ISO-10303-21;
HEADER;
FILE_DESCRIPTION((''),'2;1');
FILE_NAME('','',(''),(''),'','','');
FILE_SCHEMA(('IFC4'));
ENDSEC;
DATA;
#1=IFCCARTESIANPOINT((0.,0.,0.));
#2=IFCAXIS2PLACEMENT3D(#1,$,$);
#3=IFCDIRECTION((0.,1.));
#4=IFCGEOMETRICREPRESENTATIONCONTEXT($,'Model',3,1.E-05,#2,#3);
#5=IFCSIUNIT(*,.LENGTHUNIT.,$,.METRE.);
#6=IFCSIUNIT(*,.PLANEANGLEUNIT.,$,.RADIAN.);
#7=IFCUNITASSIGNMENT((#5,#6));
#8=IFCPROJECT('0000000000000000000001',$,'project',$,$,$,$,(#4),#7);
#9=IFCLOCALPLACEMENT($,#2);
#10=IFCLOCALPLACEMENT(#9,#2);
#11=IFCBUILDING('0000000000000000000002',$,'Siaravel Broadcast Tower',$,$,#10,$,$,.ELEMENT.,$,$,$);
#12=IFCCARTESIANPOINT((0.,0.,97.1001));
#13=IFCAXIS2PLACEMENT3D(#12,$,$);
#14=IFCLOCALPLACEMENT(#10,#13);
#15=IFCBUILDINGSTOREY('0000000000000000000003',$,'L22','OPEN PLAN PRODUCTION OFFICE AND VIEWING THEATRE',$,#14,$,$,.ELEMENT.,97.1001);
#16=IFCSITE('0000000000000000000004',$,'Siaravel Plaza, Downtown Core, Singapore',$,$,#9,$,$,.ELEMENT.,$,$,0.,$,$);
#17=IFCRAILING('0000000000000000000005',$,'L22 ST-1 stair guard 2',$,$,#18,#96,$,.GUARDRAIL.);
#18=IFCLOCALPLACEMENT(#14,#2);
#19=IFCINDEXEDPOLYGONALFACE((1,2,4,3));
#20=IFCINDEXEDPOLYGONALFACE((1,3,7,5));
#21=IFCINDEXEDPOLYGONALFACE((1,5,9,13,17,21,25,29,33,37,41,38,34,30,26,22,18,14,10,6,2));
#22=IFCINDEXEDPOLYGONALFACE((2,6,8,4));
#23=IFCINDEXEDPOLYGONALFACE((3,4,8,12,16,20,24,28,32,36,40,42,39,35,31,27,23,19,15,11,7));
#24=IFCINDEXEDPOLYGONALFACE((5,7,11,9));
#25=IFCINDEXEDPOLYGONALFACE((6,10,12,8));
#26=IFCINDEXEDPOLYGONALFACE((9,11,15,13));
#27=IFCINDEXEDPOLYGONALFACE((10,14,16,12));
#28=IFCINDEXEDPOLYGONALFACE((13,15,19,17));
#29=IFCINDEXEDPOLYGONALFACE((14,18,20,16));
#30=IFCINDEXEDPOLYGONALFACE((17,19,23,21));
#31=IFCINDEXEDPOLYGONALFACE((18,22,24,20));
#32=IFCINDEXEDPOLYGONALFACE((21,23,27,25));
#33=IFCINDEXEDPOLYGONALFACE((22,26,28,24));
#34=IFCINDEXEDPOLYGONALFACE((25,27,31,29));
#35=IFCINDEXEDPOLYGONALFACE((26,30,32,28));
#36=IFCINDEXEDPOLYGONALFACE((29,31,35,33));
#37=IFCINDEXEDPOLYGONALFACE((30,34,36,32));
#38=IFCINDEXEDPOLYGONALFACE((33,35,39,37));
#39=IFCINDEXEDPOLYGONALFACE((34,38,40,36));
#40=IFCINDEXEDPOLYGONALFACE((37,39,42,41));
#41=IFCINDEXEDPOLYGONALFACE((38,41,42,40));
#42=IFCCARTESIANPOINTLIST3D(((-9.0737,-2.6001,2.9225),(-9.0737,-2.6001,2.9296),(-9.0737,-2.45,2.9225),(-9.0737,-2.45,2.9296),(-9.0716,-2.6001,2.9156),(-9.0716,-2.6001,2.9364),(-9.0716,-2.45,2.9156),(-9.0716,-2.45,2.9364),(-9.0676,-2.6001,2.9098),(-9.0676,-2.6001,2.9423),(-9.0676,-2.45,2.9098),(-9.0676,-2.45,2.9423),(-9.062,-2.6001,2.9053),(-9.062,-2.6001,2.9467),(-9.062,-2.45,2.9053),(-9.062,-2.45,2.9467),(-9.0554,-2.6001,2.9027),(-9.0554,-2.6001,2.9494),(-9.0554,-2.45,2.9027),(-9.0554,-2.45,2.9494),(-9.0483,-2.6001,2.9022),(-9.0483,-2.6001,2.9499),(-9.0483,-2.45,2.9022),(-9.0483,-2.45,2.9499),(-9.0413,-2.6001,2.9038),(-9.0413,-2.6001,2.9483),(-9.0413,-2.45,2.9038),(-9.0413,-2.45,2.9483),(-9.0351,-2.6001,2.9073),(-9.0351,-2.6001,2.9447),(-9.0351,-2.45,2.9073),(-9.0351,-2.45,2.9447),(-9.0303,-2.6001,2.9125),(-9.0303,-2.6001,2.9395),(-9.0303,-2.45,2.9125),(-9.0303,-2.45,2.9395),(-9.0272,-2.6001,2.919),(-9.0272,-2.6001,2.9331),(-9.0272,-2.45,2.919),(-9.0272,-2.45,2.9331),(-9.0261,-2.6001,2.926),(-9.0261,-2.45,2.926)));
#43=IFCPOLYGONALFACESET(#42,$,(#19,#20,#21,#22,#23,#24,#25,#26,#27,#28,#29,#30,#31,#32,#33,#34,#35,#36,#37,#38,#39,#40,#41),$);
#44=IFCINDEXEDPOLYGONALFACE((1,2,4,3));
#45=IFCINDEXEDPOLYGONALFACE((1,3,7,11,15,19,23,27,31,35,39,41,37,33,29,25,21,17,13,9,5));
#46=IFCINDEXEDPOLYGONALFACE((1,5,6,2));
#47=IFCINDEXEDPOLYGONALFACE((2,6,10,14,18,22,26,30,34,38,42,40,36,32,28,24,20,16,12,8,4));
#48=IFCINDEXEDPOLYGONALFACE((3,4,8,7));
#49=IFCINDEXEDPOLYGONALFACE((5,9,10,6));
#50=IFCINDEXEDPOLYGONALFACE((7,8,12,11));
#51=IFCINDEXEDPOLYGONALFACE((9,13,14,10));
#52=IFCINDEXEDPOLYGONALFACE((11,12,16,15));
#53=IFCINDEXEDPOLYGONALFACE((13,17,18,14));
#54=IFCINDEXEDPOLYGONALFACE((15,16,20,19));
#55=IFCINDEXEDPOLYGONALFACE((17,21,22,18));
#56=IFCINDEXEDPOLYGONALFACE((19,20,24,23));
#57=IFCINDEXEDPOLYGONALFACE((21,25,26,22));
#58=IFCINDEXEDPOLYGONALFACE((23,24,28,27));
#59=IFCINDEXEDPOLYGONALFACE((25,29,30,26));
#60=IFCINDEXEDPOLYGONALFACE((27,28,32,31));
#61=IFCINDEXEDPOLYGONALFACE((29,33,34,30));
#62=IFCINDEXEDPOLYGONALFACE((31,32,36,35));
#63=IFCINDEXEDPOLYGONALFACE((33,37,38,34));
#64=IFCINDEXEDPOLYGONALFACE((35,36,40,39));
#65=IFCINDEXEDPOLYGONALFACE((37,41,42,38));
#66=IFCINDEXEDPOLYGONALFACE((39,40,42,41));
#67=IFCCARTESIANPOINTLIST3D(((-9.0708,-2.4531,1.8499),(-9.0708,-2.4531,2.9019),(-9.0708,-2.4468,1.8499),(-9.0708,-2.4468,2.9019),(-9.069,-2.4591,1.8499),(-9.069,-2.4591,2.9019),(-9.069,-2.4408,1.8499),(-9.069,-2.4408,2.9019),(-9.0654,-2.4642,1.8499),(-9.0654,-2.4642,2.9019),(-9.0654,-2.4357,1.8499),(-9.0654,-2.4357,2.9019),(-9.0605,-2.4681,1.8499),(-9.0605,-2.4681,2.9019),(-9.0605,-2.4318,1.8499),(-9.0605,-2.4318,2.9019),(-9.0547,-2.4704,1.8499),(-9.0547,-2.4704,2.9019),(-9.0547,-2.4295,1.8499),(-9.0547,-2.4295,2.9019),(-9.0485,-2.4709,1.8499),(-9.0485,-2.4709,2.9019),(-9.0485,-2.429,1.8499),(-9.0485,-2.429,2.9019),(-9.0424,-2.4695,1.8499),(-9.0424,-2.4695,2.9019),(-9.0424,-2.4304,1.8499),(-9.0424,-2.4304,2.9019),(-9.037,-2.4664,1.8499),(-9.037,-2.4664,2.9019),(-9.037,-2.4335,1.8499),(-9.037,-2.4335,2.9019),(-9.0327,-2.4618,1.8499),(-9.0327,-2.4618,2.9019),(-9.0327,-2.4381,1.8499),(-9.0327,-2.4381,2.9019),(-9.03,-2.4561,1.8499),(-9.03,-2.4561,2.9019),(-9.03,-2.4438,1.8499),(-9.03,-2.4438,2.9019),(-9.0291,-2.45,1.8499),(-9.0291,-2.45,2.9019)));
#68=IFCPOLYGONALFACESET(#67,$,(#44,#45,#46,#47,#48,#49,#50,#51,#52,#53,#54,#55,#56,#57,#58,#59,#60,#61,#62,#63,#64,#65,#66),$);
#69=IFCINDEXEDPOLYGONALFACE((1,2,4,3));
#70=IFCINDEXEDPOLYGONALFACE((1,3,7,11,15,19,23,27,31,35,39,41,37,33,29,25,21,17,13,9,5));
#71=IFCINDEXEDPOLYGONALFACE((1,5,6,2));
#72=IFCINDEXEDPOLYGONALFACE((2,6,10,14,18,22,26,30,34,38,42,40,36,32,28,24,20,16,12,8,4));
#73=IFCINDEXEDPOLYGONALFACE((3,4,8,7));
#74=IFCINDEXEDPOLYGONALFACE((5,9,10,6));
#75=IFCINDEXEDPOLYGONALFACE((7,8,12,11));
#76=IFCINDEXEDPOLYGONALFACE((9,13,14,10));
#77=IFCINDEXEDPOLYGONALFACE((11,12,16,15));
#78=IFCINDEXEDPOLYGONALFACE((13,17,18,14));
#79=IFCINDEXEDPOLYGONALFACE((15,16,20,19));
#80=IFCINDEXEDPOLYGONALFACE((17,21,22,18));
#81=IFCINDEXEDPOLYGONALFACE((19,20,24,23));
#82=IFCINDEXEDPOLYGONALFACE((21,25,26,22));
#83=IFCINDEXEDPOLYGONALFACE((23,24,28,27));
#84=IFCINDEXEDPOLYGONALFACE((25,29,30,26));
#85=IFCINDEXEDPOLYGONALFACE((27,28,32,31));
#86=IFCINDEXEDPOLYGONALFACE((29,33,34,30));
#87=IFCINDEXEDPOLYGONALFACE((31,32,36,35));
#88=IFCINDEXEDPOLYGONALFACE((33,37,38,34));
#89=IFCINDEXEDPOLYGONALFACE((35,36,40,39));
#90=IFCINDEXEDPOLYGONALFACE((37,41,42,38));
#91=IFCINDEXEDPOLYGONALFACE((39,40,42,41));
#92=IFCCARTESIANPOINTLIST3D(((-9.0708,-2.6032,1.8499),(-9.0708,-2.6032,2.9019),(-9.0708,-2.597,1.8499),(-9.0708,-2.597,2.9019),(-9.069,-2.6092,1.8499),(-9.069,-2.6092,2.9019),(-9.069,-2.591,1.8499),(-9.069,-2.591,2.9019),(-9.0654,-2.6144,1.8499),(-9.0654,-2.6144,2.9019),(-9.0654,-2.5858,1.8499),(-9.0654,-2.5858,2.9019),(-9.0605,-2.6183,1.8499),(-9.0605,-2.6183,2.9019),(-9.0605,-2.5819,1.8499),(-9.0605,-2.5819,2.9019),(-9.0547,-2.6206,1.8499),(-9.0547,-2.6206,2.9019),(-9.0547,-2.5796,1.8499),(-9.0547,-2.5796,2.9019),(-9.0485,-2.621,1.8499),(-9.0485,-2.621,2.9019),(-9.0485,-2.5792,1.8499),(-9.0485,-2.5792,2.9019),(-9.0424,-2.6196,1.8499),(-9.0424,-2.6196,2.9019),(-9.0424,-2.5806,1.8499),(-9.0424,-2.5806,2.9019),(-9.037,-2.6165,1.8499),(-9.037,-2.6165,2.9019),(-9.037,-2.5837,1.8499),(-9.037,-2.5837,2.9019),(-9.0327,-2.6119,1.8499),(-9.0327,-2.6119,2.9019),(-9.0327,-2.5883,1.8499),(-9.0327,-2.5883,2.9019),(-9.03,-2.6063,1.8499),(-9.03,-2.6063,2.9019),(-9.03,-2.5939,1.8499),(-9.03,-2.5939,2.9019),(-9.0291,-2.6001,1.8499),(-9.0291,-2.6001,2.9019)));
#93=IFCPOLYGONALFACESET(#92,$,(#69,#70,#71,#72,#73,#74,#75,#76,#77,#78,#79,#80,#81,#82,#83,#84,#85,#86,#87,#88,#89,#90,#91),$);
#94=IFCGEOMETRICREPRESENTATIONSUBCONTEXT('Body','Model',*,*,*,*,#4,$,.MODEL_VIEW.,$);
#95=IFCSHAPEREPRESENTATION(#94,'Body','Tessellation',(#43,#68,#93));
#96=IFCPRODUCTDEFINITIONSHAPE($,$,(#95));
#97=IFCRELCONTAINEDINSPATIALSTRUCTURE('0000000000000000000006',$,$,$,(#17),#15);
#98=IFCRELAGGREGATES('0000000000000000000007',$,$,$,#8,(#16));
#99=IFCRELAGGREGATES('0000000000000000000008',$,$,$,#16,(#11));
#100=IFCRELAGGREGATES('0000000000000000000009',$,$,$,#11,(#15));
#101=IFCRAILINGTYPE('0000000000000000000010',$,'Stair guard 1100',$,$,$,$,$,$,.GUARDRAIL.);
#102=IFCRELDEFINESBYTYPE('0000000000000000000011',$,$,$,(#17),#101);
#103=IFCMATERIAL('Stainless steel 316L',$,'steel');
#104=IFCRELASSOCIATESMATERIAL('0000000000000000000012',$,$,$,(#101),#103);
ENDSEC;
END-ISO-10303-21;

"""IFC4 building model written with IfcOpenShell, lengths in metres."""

from ifc_helpers import new_model, si_unit, direction, frame, origin, origin_2d, place, context, subcontext, project, spatial, circle, extrude, material, type_object, element, save


model = new_model("IFC4")

# Units and contexts
model_context = context("Model", 3, precision=1e-05, world=origin(), true_north=direction((0.0, 1.0)))
body_context = subcontext(model_context, "Body", "Model", "MODEL_VIEW")
ifc_project = project(units=[si_unit("LENGTHUNIT", "METRE"), si_unit("PLANEANGLEUNIT", "RADIAN")], contexts=[model_context])

# Site, building, storey
site_placement = place(None, origin())
site = spatial("IfcSite", under=ifc_project, at=site_placement, Name="Siaravel Plaza, Downtown Core, Singapore", CompositionType="ELEMENT", RefElevation=0.0)
building_placement = place(site_placement, origin())
building = spatial("IfcBuilding", under=site, at=building_placement, Name="Siaravel Broadcast Tower", CompositionType="ELEMENT")
storey_placement = place(building_placement, frame((0.0, 0.0, 97.1001)))
storey = spatial("IfcBuildingStorey", under=building, at=storey_placement, Name="L22", Description="OPEN PLAN PRODUCTION OFFICE AND VIEWING THEATRE", CompositionType="ELEMENT", Elevation=97.1001)

# Railing
ifc_material_1 = material(Name="Stainless steel 316L", Category="steel")
railing_type_1 = type_object("IfcRailingType", Name="Stair guard 1100", PredefinedType="GUARDRAIL", material=ifc_material_1)
railing_1_placement = place(storey_placement, frame((-9.05, -2.45, 1.8499)))
element("IfcRailing", 1, at=railing_1_placement, inside=storey, type_object=railing_type_1, Name="L22 ST-1 stair guard 2", PredefinedType="GUARDRAIL", context=body_context, shape_type="SweptSolid", body=[
    extrude(circle(Radius=0.0239, at=origin_2d()), frame((0.0, 0.0, 1.0762), z_axis=(0.0, -1.0, 0.0), x_axis=(1.0, 0.0, 0.0)), (0.0, 0.0, 1.0), 0.1501),
    extrude(circle(Radius=0.021, at=origin_2d()), origin(), (0.0, 0.0, 1.0), 1.052),
    extrude(circle(Radius=0.021, at=origin_2d()), frame((0.0, -0.1501, 0.0)), (0.0, 0.0, 1.0), 1.052),
])

save(model, "model.ifc")
